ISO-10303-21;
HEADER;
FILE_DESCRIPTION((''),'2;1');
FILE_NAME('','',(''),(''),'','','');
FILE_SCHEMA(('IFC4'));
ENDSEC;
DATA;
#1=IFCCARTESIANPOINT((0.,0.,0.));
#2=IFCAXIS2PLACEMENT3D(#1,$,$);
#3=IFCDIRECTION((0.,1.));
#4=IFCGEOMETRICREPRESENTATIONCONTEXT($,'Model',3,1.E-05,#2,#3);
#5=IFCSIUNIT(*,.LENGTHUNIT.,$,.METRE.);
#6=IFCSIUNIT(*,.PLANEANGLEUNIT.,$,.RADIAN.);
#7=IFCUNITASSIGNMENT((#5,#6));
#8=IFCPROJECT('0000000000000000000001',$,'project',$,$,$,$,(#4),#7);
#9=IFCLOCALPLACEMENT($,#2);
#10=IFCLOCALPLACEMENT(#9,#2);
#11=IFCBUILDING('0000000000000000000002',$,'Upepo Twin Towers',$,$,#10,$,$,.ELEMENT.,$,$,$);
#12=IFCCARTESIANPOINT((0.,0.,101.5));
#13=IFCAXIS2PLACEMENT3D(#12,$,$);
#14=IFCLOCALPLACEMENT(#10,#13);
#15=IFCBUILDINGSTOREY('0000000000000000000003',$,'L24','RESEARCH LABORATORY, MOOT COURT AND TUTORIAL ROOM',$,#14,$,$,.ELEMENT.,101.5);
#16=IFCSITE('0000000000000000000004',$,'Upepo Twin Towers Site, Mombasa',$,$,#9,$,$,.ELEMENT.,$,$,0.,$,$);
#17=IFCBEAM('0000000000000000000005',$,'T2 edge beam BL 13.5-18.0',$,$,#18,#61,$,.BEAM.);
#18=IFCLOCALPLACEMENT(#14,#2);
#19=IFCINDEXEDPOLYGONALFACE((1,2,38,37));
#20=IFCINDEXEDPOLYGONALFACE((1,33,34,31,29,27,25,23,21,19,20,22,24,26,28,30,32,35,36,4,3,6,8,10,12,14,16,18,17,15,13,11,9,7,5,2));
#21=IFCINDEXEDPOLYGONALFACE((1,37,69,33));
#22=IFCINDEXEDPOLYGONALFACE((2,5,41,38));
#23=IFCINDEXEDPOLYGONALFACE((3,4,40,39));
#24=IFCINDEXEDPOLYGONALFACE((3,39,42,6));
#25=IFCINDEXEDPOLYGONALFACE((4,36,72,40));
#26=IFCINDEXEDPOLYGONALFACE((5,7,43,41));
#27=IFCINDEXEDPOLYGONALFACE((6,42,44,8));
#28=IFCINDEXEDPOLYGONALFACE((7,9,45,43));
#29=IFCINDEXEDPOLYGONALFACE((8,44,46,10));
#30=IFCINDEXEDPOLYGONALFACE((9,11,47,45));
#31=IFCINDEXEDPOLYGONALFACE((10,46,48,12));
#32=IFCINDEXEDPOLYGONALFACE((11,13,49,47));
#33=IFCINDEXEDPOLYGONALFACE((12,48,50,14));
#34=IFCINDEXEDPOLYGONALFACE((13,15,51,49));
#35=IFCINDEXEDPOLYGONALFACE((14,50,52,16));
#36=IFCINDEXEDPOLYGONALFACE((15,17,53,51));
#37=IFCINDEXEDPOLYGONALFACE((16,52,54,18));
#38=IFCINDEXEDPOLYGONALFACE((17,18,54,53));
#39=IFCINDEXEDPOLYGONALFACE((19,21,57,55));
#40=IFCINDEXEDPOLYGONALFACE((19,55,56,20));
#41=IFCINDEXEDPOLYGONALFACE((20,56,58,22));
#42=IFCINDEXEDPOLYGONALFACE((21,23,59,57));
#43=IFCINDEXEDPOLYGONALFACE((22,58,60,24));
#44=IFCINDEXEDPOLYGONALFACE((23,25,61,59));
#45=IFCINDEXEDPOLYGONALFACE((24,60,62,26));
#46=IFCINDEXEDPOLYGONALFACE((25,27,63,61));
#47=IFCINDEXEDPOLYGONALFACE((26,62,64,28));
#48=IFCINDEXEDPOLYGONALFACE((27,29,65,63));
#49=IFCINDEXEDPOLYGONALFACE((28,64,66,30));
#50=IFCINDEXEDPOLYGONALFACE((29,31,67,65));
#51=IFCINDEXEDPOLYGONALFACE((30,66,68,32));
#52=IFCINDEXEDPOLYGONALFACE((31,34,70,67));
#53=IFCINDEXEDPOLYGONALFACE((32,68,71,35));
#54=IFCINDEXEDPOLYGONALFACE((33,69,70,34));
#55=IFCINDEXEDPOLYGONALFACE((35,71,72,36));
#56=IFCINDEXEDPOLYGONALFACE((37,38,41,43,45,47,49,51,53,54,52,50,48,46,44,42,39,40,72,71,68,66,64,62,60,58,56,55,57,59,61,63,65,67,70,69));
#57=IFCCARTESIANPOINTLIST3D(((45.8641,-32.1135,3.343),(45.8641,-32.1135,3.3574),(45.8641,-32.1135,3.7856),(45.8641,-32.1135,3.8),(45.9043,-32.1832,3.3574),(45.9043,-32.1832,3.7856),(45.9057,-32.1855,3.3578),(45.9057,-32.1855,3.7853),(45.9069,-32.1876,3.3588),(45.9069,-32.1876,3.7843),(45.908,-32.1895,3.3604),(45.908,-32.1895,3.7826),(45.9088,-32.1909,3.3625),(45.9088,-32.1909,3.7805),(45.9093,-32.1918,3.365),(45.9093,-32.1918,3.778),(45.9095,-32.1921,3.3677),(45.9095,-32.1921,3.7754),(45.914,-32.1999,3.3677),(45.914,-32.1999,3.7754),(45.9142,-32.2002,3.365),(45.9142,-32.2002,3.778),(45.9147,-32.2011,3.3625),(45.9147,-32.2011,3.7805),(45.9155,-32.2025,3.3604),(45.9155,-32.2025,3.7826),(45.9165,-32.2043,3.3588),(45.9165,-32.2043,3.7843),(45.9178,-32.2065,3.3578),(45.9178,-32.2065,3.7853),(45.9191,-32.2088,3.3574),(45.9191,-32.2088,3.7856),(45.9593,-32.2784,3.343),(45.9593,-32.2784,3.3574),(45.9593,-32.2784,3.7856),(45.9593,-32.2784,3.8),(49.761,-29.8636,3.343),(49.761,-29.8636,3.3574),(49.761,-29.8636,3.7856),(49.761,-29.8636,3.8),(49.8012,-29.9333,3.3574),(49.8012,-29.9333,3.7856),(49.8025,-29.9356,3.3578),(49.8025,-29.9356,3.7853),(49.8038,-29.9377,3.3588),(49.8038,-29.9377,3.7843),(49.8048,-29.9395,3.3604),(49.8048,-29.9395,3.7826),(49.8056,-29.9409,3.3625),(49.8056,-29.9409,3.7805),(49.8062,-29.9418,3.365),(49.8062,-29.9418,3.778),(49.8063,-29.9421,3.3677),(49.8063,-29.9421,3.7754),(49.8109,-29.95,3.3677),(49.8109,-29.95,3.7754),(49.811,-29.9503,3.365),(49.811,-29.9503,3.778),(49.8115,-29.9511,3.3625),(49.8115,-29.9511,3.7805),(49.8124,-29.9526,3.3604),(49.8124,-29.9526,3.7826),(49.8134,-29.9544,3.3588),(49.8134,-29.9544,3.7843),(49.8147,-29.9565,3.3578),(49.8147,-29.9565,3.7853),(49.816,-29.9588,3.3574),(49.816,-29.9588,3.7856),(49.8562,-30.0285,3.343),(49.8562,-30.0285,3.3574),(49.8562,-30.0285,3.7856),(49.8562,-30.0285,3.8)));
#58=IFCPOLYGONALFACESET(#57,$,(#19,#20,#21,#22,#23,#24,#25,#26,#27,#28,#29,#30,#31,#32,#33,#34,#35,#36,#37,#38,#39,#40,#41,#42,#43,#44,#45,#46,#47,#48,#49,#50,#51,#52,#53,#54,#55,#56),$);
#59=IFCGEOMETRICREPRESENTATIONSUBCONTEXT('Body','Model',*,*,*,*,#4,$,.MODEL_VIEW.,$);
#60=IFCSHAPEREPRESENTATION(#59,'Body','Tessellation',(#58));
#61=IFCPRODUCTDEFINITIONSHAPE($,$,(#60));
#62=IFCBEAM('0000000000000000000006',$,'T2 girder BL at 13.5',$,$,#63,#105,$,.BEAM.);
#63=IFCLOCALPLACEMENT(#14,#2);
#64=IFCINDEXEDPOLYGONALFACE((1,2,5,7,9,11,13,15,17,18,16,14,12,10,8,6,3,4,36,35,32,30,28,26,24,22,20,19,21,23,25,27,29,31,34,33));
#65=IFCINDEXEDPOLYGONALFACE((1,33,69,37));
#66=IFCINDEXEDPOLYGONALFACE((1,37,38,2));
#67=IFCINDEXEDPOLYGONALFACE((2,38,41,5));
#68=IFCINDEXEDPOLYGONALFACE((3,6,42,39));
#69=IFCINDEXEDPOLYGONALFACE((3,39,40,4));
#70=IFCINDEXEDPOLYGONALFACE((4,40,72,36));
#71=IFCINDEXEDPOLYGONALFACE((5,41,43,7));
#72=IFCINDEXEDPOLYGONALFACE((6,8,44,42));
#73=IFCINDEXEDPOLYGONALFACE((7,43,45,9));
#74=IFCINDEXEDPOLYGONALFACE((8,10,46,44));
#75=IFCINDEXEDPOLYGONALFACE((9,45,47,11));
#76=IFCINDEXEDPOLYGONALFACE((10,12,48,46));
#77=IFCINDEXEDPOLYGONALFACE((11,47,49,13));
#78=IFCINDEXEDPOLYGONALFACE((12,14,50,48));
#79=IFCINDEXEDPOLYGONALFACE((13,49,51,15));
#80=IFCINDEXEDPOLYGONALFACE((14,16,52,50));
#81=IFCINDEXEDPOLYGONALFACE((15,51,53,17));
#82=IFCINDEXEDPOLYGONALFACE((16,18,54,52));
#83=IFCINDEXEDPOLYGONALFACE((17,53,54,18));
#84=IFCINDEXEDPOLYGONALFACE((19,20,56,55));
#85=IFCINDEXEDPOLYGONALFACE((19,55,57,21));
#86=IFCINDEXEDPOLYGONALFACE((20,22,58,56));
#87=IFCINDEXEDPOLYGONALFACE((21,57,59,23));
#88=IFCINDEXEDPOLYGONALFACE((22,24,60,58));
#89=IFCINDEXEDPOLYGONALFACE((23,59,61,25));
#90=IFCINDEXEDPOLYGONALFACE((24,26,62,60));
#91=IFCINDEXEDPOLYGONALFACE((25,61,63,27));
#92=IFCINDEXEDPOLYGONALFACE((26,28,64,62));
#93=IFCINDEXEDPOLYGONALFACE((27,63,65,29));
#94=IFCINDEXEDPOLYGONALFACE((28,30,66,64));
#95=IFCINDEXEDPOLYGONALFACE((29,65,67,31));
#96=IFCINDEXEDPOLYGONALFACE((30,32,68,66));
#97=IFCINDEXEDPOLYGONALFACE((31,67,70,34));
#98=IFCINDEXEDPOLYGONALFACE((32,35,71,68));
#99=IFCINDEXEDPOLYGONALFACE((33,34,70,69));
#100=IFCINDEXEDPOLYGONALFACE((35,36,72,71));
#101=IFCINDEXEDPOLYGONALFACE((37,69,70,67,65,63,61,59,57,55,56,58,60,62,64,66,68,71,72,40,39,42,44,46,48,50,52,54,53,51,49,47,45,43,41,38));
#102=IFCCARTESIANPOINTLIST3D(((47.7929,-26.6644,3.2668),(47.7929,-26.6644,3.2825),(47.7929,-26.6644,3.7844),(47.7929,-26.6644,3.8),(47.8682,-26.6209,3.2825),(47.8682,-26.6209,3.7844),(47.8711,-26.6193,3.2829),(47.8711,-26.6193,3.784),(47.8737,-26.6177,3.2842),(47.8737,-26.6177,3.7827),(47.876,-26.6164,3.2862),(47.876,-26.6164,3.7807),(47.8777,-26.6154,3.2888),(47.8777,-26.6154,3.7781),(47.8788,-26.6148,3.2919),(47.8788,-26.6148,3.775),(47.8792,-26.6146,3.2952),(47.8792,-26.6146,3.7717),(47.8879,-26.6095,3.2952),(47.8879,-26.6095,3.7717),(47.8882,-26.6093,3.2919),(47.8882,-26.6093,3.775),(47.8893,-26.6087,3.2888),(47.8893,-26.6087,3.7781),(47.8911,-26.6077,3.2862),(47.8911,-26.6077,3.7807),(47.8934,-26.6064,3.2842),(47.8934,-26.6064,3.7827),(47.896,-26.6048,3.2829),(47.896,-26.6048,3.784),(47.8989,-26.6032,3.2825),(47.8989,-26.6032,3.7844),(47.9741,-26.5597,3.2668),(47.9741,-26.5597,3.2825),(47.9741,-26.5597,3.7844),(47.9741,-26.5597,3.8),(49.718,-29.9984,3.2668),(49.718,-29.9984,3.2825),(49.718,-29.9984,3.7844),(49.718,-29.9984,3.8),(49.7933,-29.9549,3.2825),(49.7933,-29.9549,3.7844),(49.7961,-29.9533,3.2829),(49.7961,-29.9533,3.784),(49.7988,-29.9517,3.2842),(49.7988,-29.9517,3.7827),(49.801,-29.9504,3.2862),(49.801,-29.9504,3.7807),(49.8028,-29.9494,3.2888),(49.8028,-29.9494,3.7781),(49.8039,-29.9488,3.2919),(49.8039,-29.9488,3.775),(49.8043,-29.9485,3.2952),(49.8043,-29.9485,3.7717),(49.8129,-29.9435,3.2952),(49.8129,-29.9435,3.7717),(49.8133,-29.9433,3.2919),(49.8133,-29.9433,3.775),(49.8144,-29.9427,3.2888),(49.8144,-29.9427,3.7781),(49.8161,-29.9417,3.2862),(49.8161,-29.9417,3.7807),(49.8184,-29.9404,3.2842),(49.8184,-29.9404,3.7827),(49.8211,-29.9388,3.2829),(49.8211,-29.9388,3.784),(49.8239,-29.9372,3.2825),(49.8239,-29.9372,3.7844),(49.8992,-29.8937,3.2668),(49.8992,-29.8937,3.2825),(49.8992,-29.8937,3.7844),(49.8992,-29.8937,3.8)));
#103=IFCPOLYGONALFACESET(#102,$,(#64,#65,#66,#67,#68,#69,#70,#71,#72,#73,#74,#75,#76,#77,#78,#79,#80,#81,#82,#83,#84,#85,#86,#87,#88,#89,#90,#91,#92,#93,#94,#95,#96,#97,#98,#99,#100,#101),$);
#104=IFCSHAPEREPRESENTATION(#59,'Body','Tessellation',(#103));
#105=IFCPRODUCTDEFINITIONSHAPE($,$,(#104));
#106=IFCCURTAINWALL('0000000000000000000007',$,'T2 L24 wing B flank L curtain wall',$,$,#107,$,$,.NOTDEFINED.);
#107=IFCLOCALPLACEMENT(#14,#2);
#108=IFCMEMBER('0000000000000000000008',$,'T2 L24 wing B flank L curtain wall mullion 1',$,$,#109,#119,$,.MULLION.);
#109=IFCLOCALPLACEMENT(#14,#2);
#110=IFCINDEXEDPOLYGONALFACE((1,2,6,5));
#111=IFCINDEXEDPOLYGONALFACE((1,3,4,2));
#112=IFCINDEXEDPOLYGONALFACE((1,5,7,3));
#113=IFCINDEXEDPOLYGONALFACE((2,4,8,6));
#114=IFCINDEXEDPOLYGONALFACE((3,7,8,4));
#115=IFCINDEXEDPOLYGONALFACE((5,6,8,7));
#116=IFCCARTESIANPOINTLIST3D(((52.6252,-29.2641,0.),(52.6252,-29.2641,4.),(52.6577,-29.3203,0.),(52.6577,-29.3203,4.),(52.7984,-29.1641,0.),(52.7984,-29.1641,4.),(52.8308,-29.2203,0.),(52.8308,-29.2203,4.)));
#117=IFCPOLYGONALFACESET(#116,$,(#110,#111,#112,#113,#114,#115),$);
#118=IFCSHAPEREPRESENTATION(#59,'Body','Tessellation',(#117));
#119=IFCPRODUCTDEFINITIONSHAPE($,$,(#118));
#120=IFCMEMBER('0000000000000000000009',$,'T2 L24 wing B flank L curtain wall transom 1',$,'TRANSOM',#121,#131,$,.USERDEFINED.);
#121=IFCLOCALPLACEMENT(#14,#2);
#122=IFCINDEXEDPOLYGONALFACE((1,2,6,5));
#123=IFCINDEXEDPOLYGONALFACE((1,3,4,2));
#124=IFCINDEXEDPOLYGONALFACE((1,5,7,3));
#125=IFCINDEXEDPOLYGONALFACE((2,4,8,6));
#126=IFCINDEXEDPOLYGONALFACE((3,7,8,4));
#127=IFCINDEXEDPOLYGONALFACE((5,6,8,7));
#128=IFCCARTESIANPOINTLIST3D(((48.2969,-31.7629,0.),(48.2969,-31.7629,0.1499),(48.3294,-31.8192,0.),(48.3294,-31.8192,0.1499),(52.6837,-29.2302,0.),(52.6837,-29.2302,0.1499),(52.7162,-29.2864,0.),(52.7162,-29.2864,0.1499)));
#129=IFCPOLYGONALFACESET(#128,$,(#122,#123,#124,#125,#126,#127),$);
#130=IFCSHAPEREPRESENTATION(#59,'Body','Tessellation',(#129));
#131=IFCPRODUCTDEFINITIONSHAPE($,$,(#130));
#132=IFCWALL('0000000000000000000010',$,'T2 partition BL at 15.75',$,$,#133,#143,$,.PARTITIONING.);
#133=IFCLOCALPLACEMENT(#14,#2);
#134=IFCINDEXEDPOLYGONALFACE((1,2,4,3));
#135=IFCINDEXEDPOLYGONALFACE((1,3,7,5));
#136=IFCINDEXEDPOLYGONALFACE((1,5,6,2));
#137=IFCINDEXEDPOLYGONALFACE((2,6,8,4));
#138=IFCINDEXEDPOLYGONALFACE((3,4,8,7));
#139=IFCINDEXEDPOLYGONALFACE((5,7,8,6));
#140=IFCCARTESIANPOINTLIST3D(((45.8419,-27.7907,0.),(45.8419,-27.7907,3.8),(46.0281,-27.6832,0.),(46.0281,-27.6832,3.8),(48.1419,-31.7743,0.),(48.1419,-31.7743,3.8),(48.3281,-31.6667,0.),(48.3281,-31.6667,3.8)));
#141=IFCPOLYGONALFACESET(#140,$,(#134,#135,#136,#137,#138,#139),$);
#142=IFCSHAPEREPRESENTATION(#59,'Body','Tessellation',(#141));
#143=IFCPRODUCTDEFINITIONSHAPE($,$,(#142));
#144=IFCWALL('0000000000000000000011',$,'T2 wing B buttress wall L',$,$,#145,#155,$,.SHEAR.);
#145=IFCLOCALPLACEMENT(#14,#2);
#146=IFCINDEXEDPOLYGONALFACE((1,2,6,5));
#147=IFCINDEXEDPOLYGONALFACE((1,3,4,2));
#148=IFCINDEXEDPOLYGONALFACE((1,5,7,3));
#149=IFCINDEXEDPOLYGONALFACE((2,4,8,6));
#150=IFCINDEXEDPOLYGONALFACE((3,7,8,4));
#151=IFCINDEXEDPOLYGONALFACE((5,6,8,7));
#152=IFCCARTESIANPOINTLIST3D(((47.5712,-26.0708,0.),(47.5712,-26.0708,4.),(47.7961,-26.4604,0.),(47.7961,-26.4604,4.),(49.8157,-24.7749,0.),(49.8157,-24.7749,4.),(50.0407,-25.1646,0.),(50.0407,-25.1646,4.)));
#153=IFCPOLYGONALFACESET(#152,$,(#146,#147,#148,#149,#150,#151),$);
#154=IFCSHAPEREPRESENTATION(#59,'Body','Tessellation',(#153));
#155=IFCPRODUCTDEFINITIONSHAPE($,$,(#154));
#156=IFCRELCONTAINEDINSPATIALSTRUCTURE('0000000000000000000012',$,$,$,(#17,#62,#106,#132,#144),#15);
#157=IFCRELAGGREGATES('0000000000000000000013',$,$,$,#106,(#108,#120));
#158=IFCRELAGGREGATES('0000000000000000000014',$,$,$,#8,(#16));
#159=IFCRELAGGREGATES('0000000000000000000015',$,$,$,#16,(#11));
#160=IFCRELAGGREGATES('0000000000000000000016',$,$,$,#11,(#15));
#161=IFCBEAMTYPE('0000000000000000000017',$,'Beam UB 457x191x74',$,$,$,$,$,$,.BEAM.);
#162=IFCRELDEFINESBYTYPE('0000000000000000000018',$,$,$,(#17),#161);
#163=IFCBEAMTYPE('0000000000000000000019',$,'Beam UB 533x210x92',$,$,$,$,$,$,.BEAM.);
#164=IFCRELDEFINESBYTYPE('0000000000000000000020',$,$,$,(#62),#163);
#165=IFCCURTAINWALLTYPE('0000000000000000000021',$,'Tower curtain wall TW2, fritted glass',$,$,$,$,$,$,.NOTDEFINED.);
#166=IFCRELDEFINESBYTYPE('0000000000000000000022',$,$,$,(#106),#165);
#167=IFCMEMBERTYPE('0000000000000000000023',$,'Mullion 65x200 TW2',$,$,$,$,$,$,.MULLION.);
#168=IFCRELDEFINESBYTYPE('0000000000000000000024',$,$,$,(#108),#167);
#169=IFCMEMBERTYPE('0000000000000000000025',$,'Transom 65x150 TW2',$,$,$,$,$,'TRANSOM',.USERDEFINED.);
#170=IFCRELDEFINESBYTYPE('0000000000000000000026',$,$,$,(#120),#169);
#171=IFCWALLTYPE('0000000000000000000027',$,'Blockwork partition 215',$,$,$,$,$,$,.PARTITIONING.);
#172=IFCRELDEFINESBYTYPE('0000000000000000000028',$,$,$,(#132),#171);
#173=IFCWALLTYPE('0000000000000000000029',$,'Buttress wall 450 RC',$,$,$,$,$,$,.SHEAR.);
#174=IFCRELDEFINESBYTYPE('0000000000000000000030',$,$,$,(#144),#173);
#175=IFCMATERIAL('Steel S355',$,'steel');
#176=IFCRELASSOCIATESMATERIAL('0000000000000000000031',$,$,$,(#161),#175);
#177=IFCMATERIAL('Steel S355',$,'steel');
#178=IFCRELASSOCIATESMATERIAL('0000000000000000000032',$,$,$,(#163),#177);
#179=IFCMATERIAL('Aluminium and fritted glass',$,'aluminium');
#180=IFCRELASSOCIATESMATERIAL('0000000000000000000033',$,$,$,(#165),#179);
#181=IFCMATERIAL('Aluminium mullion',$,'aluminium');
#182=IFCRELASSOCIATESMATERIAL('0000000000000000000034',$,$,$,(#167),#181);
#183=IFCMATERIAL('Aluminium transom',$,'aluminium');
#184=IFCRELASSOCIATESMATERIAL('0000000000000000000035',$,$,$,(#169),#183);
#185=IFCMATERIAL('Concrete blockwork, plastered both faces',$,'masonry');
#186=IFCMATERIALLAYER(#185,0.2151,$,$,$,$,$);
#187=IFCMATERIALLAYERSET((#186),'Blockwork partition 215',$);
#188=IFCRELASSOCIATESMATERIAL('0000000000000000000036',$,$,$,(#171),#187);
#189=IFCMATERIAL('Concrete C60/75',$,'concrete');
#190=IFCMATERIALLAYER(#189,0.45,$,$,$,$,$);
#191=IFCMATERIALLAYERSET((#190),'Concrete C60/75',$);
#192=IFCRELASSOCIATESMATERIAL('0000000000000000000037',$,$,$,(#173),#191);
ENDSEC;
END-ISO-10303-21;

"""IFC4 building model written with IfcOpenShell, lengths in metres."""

from ifc_helpers import new_model, si_unit, direction, frame, frame_2d, origin, origin_2d, place, context, subcontext, project, spatial, rectangle, i_section, extrude, material, layer, layer_set, material_profile, profile_set, type_object, element, aggregate, save


model = new_model("IFC4")

# Units and contexts
model_context = context("Model", 3, precision=1e-05, world=origin(), true_north=direction((0.0, 1.0)))
body_context = subcontext(model_context, "Body", "Model", "MODEL_VIEW")
ifc_project = project(units=[si_unit("LENGTHUNIT", "METRE"), si_unit("PLANEANGLEUNIT", "RADIAN")], contexts=[model_context])

# Site, building, storey
site_placement = place(None, origin())
site = spatial("IfcSite", under=ifc_project, at=site_placement, Name="Upepo Twin Towers Site, Mombasa", CompositionType="ELEMENT", RefElevation=0.0)
building_placement = place(site_placement, origin())
building = spatial("IfcBuilding", under=site, at=building_placement, Name="Upepo Twin Towers", CompositionType="ELEMENT")
storey_placement = place(building_placement, frame((0.0, 0.0, 101.5)))
storey = spatial("IfcBuildingStorey", under=building, at=storey_placement, Name="L24", Description="RESEARCH LABORATORY, MOOT COURT AND TUTORIAL ROOM", CompositionType="ELEMENT", Elevation=101.5)

# Beams
ifc_material_1 = material(Name="Steel S355", Category="steel")
ifc_material_profile_1 = material_profile(ifc_material_1, i_section(OverallWidth=0.1904, OverallDepth=0.457, WebThickness=0.009, FlangeThickness=0.0144, FilletRadius=0.0103, at=origin_2d()), Name="UB 457x191x74")
ifc_profile_set_1 = profile_set([ifc_material_profile_1], Name="Steel S355")
beam_type_1 = type_object("IfcBeamType", Name="Beam UB 457x191x74", PredefinedType="BEAM", material=ifc_profile_set_1)
beam_1_placement = place(storey_placement, frame((49.8086, -29.946, 3.5715), z_axis=(-0.866018, -0.500014, 0.0), x_axis=(0.500014, -0.866018, 0.0)))
element("IfcBeam", 1, at=beam_1_placement, inside=storey, type_object=beam_type_1, Name="T2 edge beam BL 13.5-18.0", PredefinedType="BEAM", context=body_context, shape_type="SweptSolid", body=[
    extrude(i_section(OverallWidth=0.1904, OverallDepth=0.457, WebThickness=0.009, FlangeThickness=0.0144, FilletRadius=0.0103, at=origin_2d()), origin(), (0.0, 0.0, 1.0), 4.4998),
])
ifc_material_2 = material(Name="Steel S355", Category="steel")
ifc_material_profile_2 = material_profile(ifc_material_2, i_section(OverallWidth=0.2092, OverallDepth=0.5332, WebThickness=0.01, FlangeThickness=0.0156, FilletRadius=0.0127, at=origin_2d()), Name="UB 533x210x92")
ifc_profile_set_2 = profile_set([ifc_material_profile_2], Name="Steel S355")
beam_type_2 = type_object("IfcBeamType", Name="Beam UB 533x210x92", PredefinedType="BEAM", material=ifc_profile_set_2)
beam_2_placement = place(storey_placement, frame((49.8086, -29.946, 3.5334), z_axis=(-0.500034, 0.866006, 0.0), x_axis=(-0.866006, -0.500034, 0.0)))
element("IfcBeam", 2, at=beam_2_placement, inside=storey, type_object=beam_type_2, Name="T2 girder BL at 13.5", PredefinedType="BEAM", context=body_context, shape_type="SweptSolid", body=[
    extrude(i_section(OverallWidth=0.2092, OverallDepth=0.5332, WebThickness=0.01, FlangeThickness=0.0156, FilletRadius=0.0127, at=origin_2d()), origin(), (0.0, 0.0, 1.0), 3.8499),
])

# Curtain wall, members
ifc_material_3 = material(Name="Aluminium and fritted glass", Category="aluminium")
curtain_wall_type = type_object("IfcCurtainWallType", Name="Tower curtain wall TW2, fritted glass", PredefinedType="NOTDEFINED", material=ifc_material_3)
curtain_wall_placement = place(storey_placement, origin())
curtain_wall = element("IfcCurtainWall", 3, at=curtain_wall_placement, inside=storey, type_object=curtain_wall_type, Name="T2 L24 wing B flank L curtain wall", PredefinedType="NOTDEFINED")
ifc_material_4 = material(Name="Aluminium mullion", Category="aluminium")
ifc_material_profile_3 = material_profile(ifc_material_4, rectangle(XDim=0.0649, YDim=0.2, at=origin_2d()), Name="MULLION 65x200")
ifc_profile_set_3 = profile_set([ifc_material_profile_3], Name="Aluminium mullion")
member_type_1 = type_object("IfcMemberType", Name="Mullion 65x200 TW2", PredefinedType="MULLION", material=ifc_profile_set_3)
member_1_placement = place(storey_placement, frame((52.728, -29.2422, 0.0), z_axis=(0.0, 0.0, 1.0), x_axis=(0.5, -0.866025, 0.0)))
member_1 = element("IfcMember", 4, at=member_1_placement, type_object=member_type_1, Name="T2 L24 wing B flank L curtain wall mullion 1", PredefinedType="MULLION", context=body_context, shape_type="SweptSolid", body=[
    extrude(rectangle(XDim=0.0649, YDim=0.2, at=origin_2d()), origin(), (0.0, 0.0, 1.0), 4.0),
])
ifc_material_5 = material(Name="Aluminium transom", Category="aluminium")
ifc_material_profile_4 = material_profile(ifc_material_5, rectangle(XDim=0.0649, YDim=0.1499, at=origin_2d()), Name="TRANSOM 65x150")
ifc_profile_set_4 = profile_set([ifc_material_profile_4], Name="Aluminium transom")
member_type_2 = type_object("IfcMemberType", Name="Transom 65x150 TW2", ElementType="TRANSOM", PredefinedType="USERDEFINED", material=ifc_profile_set_4)
member_2_placement = place(storey_placement, frame((52.7, -29.2583, 0.075), z_axis=(-0.866022, -0.500006, 0.0), x_axis=(0.500006, -0.866022, 0.0)))
member_2 = element("IfcMember", 5, at=member_2_placement, type_object=member_type_2, Name="T2 L24 wing B flank L curtain wall transom 1", ObjectType="TRANSOM", PredefinedType="USERDEFINED", context=body_context, shape_type="SweptSolid", body=[
    extrude(rectangle(XDim=0.0649, YDim=0.1499, at=origin_2d()), origin(), (0.0, 0.0, 1.0), 5.0654),
])
aggregate(curtain_wall, [member_1, member_2])

# Walls
ifc_material_6 = material(Name="Concrete blockwork, plastered both faces", Category="masonry")
ifc_layer_1 = layer(ifc_material_6, 0.2151)
ifc_layer_set_1 = layer_set([ifc_layer_1], Name="Blockwork partition 215")
wall_type_1 = type_object("IfcWallType", Name="Blockwork partition 215", PredefinedType="PARTITIONING", material=ifc_layer_set_1)
wall_1_placement = place(storey_placement, frame((45.9351, -27.7371, 0.0), z_axis=(0.0, 0.0, 1.0), x_axis=(0.500015, -0.866017, 0.0)))
element("IfcWall", 6, at=wall_1_placement, inside=storey, type_object=wall_type_1, Name="T2 partition BL at 15.75", PredefinedType="PARTITIONING", context=body_context, shape_type="SweptSolid", body=[
    extrude(rectangle(XDim=4.5999, YDim=0.2151, at=frame_2d((2.2998, 0.0))), origin(), (0.0, 0.0, 1.0), 3.8),
])
ifc_material_7 = material(Name="Concrete C60/75", Category="concrete")
ifc_layer_2 = layer(ifc_material_7, 0.45)
ifc_layer_set_2 = layer_set([ifc_layer_2], Name="Concrete C60/75")
wall_type_2 = type_object("IfcWallType", Name="Buttress wall 450 RC", PredefinedType="SHEAR", material=ifc_layer_set_2)
wall_2_placement = place(storey_placement, frame((49.9282, -24.9697, 0.0), z_axis=(0.0, 0.0, 1.0), x_axis=(-0.866032, -0.499989, 0.0)))
element("IfcWall", 7, at=wall_2_placement, inside=storey, type_object=wall_type_2, Name="T2 wing B buttress wall L", PredefinedType="SHEAR", context=body_context, shape_type="SweptSolid", body=[
    extrude(rectangle(XDim=2.5918, YDim=0.45, at=frame_2d((1.2959, 0.0))), origin(), (0.0, 0.0, 1.0), 4.0),
])

save(model, "model.ifc")
